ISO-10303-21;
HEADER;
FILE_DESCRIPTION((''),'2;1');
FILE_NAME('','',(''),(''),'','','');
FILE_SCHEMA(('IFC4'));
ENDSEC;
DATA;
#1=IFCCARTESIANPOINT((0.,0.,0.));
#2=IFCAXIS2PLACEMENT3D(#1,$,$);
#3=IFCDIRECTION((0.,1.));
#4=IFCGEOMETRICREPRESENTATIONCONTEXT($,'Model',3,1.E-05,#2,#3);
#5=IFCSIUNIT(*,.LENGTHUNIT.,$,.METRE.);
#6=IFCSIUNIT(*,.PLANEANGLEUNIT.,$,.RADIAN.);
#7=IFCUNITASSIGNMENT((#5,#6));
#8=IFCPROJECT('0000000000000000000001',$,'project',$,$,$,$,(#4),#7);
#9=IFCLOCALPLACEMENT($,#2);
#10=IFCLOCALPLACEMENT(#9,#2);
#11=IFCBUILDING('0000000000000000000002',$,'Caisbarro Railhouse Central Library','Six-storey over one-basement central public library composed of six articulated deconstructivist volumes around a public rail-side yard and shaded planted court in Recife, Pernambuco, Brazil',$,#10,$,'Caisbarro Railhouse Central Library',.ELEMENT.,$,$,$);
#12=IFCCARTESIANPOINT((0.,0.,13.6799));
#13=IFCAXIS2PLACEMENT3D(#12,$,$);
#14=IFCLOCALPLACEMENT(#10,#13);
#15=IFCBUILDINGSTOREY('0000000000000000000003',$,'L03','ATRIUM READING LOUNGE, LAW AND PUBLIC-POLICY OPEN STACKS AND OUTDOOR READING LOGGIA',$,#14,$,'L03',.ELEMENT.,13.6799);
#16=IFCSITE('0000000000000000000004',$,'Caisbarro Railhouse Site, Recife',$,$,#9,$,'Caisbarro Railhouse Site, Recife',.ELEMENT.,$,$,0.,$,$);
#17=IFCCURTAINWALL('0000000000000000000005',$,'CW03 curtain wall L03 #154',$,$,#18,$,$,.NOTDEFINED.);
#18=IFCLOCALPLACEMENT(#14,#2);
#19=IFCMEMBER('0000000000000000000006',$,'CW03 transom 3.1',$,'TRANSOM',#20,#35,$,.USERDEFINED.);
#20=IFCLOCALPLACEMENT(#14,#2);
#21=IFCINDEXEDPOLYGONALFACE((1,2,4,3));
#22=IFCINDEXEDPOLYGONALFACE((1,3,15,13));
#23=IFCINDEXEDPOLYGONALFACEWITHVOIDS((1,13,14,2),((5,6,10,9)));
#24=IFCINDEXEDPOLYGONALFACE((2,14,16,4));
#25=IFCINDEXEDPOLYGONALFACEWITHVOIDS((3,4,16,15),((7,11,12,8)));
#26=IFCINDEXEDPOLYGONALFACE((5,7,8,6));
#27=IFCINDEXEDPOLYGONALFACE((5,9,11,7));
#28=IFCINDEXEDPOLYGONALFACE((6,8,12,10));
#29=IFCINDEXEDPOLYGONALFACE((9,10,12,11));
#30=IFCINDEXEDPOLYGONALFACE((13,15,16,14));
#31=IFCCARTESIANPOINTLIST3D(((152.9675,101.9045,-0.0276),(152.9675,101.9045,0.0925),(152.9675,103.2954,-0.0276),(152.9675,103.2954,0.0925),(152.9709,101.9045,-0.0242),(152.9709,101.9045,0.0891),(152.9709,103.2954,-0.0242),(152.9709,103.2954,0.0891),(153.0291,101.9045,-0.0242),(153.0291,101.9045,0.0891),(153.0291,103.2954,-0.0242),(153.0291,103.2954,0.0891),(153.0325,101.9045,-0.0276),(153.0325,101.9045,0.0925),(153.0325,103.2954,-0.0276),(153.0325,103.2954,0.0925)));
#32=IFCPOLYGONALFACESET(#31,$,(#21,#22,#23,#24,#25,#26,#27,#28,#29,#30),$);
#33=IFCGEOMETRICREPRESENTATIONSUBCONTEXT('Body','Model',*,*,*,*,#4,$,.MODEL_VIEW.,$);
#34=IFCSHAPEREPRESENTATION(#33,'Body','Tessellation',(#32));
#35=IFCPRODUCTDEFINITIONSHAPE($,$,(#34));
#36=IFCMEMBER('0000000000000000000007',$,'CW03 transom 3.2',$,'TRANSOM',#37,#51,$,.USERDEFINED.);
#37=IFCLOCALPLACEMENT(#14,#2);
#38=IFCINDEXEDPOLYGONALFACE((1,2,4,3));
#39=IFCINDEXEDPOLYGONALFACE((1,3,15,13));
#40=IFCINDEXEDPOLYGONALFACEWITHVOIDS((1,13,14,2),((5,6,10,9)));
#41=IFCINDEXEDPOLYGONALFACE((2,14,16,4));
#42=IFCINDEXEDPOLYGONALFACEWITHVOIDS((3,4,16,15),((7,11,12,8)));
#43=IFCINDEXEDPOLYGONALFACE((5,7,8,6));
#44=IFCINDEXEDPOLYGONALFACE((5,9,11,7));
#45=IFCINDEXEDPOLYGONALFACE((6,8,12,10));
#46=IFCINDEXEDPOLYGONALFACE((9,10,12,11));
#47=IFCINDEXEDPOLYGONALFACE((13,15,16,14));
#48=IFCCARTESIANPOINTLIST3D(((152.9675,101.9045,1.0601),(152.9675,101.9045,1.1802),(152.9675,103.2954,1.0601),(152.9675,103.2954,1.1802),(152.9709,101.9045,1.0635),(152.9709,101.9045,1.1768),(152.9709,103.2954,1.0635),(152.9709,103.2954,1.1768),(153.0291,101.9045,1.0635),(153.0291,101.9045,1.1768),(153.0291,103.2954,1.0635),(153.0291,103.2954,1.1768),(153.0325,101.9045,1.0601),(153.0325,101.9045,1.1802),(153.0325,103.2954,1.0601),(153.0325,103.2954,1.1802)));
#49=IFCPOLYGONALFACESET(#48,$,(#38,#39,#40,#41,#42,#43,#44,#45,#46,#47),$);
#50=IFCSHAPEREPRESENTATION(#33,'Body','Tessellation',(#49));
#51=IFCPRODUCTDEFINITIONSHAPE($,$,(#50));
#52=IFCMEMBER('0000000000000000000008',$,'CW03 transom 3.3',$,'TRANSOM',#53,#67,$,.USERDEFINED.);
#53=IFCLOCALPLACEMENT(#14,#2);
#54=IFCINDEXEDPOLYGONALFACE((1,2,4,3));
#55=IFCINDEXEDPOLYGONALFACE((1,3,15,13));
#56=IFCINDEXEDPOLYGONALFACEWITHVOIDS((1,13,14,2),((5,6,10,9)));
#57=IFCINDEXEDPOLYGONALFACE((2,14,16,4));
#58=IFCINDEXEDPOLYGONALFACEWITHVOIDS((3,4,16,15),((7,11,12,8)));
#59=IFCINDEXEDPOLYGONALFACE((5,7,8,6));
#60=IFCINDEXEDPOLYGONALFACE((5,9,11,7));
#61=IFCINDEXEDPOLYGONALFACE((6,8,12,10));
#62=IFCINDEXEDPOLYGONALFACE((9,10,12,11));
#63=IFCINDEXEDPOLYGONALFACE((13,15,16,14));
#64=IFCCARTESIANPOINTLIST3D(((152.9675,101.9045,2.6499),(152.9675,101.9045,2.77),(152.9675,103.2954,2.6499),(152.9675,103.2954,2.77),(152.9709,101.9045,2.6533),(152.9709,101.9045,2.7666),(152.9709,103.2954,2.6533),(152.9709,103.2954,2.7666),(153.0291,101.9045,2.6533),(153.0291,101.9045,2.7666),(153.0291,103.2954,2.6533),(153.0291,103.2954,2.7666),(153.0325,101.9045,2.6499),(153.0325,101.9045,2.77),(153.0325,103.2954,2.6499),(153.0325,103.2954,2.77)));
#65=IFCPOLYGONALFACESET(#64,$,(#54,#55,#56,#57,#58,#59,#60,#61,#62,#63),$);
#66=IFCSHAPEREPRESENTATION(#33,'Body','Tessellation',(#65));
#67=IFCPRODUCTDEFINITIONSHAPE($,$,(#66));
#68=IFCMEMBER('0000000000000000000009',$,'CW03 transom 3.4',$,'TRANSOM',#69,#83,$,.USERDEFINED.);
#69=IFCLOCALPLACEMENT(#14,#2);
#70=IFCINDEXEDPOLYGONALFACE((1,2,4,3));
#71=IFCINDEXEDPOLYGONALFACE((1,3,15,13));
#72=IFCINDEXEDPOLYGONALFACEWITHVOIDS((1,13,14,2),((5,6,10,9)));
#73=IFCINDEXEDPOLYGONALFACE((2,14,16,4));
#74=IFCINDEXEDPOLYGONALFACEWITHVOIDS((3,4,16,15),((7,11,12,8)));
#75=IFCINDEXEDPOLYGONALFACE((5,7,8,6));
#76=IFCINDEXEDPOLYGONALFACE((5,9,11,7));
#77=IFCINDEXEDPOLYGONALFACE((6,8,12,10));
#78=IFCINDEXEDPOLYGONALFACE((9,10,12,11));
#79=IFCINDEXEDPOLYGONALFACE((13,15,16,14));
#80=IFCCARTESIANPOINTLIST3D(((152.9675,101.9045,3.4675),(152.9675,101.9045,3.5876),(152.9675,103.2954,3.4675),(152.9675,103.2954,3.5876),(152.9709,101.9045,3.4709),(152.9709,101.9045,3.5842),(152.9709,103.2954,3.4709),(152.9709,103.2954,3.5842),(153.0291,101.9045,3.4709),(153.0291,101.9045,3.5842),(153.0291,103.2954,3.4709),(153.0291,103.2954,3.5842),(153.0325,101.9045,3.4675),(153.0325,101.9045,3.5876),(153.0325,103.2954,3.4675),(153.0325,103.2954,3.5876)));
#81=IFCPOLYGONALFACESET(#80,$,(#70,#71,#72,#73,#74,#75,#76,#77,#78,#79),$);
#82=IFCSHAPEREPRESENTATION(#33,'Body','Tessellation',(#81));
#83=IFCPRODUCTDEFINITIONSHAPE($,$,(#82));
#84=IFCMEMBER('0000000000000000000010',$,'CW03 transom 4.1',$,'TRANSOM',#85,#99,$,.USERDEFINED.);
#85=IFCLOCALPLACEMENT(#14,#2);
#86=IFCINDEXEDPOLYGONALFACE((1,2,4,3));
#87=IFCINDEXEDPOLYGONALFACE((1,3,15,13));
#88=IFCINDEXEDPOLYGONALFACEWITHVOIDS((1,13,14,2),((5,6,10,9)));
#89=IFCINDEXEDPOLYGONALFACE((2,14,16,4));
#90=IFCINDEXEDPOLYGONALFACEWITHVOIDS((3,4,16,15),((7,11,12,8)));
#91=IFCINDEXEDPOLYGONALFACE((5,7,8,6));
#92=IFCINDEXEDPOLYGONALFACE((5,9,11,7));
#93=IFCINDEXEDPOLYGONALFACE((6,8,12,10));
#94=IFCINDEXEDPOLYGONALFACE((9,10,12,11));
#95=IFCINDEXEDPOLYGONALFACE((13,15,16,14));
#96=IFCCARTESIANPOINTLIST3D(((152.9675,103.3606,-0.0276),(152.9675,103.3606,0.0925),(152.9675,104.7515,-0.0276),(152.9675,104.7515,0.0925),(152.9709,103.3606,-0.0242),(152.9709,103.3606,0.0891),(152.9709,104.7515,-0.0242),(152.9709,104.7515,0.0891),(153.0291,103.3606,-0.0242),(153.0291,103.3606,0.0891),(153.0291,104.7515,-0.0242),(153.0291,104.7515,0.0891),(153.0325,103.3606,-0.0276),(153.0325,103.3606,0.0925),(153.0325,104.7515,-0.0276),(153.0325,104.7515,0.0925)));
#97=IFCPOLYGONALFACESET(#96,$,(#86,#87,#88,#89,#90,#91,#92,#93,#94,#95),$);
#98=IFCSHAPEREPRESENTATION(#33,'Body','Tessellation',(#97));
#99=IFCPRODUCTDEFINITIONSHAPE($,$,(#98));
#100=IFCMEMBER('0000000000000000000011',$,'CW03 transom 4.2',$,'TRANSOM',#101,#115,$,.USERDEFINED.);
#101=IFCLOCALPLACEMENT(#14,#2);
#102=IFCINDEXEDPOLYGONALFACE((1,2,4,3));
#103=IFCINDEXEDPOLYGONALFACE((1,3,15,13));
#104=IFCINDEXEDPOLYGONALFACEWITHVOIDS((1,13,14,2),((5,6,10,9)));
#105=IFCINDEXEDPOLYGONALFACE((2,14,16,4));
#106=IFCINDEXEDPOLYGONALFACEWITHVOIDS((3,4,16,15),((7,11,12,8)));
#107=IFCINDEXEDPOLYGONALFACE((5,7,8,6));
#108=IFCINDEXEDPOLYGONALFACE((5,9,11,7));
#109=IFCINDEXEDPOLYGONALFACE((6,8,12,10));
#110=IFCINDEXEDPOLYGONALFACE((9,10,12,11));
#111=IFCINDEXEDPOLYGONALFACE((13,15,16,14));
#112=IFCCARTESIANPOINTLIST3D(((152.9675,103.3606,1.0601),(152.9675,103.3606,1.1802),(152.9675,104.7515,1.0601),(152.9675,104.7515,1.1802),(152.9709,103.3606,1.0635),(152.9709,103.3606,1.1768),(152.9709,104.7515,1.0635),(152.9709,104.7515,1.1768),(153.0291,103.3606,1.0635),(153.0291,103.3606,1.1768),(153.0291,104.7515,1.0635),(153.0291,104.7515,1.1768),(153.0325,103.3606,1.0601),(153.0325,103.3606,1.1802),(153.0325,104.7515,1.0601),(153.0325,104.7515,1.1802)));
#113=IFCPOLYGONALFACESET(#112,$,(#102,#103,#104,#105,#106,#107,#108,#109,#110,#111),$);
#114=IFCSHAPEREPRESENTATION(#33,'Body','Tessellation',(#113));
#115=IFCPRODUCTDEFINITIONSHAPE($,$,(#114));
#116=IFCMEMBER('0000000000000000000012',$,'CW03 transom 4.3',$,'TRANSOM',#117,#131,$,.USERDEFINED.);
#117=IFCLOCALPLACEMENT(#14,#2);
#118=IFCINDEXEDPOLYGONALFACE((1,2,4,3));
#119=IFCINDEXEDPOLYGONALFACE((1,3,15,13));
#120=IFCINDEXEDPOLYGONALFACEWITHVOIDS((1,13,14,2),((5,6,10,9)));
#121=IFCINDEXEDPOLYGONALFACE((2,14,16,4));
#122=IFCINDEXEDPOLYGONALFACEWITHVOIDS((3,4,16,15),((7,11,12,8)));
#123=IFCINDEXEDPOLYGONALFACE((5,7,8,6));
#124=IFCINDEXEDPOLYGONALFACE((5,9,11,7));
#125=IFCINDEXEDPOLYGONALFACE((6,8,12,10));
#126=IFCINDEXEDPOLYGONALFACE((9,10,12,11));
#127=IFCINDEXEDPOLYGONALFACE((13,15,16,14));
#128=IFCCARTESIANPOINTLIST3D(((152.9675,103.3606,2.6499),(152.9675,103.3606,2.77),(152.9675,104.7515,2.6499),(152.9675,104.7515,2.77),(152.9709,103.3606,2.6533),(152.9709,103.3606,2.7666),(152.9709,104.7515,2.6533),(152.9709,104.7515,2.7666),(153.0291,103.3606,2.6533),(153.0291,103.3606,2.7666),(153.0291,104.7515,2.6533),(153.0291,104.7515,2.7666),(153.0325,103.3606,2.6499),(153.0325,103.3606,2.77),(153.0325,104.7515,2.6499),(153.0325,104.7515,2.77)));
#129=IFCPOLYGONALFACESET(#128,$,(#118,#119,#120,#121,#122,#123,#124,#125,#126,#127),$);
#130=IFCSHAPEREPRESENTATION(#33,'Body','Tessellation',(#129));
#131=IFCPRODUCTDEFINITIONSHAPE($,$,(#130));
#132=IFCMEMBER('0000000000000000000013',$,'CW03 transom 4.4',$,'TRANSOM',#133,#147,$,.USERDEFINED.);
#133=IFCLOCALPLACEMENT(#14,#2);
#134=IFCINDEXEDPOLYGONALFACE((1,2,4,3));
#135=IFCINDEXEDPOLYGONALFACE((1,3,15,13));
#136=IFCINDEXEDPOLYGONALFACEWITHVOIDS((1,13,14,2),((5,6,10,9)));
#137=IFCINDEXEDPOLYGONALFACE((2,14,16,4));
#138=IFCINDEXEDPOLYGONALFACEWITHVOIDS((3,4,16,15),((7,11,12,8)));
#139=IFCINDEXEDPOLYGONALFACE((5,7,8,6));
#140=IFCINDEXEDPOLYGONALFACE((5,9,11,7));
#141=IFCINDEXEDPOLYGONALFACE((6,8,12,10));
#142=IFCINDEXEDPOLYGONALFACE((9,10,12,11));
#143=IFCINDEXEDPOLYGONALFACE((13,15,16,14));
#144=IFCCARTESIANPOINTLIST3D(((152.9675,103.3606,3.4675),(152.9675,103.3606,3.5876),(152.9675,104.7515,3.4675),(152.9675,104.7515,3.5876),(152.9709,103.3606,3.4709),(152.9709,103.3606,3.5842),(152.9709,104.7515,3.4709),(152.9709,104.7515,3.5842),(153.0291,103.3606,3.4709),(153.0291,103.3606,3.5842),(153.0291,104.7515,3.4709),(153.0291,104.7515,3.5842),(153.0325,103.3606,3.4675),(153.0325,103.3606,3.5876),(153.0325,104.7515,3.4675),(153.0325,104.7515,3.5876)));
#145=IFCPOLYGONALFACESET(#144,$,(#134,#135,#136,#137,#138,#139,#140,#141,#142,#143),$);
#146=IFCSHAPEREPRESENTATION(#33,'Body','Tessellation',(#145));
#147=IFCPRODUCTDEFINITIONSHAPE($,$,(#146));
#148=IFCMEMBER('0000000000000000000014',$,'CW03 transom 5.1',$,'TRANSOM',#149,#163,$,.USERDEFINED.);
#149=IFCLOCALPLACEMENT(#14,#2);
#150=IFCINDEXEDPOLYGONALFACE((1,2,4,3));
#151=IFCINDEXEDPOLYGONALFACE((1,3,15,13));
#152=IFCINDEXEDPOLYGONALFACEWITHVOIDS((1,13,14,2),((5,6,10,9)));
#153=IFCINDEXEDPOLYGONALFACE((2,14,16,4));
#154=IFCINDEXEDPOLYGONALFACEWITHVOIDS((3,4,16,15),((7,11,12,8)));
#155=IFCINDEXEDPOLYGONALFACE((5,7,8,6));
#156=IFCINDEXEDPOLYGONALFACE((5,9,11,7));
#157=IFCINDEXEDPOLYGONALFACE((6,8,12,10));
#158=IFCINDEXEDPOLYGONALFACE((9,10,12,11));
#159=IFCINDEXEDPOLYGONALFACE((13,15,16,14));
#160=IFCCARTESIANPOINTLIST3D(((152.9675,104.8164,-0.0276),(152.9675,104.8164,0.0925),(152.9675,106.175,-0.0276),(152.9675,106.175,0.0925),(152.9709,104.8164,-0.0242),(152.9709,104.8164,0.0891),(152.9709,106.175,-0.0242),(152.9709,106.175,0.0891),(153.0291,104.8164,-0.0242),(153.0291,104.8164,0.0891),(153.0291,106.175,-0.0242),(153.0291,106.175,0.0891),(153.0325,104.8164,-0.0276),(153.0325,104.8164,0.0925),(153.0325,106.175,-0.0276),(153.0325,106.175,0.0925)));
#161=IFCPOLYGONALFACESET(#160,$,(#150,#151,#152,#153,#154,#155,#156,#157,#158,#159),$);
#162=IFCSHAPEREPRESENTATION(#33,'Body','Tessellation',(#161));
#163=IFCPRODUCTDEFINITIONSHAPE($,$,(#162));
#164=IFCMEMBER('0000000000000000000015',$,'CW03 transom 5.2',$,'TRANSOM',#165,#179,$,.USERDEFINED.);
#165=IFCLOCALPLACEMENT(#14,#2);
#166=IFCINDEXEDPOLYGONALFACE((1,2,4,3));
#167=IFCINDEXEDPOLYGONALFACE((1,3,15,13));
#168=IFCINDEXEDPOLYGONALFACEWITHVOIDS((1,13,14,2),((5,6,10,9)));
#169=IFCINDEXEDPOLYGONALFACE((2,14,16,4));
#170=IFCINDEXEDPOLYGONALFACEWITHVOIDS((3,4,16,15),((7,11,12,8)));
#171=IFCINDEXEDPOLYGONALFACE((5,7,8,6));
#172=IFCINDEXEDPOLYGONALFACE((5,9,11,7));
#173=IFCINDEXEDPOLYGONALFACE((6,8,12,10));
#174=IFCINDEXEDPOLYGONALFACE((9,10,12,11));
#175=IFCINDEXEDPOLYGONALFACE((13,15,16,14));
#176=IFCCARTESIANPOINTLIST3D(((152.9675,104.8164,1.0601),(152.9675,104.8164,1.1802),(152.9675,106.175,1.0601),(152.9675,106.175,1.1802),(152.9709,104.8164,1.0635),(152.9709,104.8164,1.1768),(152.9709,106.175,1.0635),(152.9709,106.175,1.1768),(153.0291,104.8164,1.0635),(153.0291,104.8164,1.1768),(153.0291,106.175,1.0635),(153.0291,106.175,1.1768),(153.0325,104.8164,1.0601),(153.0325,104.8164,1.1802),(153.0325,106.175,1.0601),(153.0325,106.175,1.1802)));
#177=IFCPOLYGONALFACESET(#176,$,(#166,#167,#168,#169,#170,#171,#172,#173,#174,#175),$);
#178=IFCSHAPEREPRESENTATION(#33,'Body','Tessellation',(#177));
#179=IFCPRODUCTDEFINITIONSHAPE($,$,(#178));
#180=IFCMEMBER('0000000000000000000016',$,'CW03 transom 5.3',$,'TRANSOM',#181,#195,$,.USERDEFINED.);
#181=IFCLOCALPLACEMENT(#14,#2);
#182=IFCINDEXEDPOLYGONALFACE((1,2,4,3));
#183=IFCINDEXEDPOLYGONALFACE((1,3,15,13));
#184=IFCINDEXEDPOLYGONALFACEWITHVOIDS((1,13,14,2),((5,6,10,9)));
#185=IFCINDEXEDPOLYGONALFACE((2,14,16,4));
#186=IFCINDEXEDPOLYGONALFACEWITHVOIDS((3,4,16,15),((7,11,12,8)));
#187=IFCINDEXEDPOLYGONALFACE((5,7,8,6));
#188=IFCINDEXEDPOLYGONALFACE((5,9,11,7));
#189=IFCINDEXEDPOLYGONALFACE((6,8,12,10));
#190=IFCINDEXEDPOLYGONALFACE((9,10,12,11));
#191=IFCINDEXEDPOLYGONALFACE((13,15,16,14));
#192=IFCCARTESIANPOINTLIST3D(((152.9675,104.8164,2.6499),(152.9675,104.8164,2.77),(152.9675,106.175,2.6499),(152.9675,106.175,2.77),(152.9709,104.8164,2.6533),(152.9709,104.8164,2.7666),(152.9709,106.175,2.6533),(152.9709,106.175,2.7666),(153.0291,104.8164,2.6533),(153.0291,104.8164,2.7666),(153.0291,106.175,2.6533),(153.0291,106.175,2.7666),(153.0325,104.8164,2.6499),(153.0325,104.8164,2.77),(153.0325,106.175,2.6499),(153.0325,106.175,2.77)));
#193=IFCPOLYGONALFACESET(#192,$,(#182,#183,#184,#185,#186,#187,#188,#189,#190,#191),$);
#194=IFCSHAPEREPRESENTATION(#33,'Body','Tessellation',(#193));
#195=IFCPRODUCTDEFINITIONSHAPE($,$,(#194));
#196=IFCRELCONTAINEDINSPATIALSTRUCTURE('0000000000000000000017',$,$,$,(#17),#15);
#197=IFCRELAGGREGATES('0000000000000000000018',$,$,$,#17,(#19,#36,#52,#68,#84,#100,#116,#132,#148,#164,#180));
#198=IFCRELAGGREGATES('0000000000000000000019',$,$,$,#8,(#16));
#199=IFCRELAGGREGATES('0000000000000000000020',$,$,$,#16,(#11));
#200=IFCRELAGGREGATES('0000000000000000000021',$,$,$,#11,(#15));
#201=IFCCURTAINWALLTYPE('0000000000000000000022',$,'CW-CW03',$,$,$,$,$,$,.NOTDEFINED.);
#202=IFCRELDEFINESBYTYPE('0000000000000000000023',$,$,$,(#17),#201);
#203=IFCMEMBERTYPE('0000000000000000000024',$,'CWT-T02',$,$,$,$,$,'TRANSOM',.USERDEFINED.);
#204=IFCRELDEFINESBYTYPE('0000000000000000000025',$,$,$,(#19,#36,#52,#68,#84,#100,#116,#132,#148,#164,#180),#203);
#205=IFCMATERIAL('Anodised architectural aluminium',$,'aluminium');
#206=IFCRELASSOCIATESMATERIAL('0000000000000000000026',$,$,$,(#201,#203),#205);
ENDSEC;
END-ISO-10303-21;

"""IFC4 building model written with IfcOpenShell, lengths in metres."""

from ifc_helpers import new_model, si_unit, direction, frame, origin, origin_2d, place, context, subcontext, project, spatial, hollow_rectangle, extrude, material, material_profile, profile_set, type_object, element, aggregate, save


model = new_model("IFC4")

# Units and contexts
model_context = context("Model", 3, precision=1e-05, world=origin(), true_north=direction((0.0, 1.0)))
body_context = subcontext(model_context, "Body", "Model", "MODEL_VIEW")
ifc_project = project(units=[si_unit("LENGTHUNIT", "METRE"), si_unit("PLANEANGLEUNIT", "RADIAN")], contexts=[model_context])

# Site, building, storey
site_placement = place(None, origin())
site = spatial("IfcSite", under=ifc_project, at=site_placement, Name="Caisbarro Railhouse Site, Recife", LongName="Caisbarro Railhouse Site, Recife", CompositionType="ELEMENT", RefElevation=0.0)
building_placement = place(site_placement, origin())
building = spatial("IfcBuilding", under=site, at=building_placement, Name="Caisbarro Railhouse Central Library", Description="Six-storey over one-basement central public library composed of six articulated deconstructivist volumes around a public rail-side yard and shaded planted court in Recife, Pernambuco, Brazil", LongName="Caisbarro Railhouse Central Library", CompositionType="ELEMENT")
storey_placement = place(building_placement, frame((0.0, 0.0, 13.6799)))
storey = spatial("IfcBuildingStorey", under=building, at=storey_placement, Name="L03", Description="ATRIUM READING LOUNGE, LAW AND PUBLIC-POLICY OPEN STACKS AND OUTDOOR READING LOGGIA", LongName="L03", CompositionType="ELEMENT", Elevation=13.6799)

# Curtain wall, members
ifc_material_1 = material(Name="Anodised architectural aluminium", Category="aluminium")
curtain_wall_type = type_object("IfcCurtainWallType", Name="CW-CW03", PredefinedType="NOTDEFINED", material=ifc_material_1)
curtain_wall_placement = place(storey_placement, origin())
curtain_wall = element("IfcCurtainWall", 1, at=curtain_wall_placement, inside=storey, type_object=curtain_wall_type, Name="CW03 curtain wall L03 #154", PredefinedType="NOTDEFINED")
ifc_material_profile_1 = material_profile(ifc_material_1, hollow_rectangle(XDim=0.0649, YDim=0.1201, WallThickness=0.0034, at=origin_2d()), Name="ALU-TRN-65X120")
ifc_profile_set_1 = profile_set([ifc_material_profile_1], Name="Anodised architectural aluminium")
member_type_1 = type_object("IfcMemberType", Name="CWT-T02", ElementType="TRANSOM", PredefinedType="USERDEFINED", material=ifc_profile_set_1)
member_1_placement = place(storey_placement, frame((153.0, 101.9045, 0.0325), z_axis=(0.0, 1.0, 0.0), x_axis=(-1.0, 0.0, 0.0)))
member_1 = element("IfcMember", 2, at=member_1_placement, type_object=member_type_1, Name="CW03 transom 3.1", ObjectType="TRANSOM", PredefinedType="USERDEFINED", context=body_context, shape_type="SweptSolid", body=[
    extrude(hollow_rectangle(XDim=0.0649, YDim=0.1201, WallThickness=0.0034, at=origin_2d()), origin(), (0.0, 0.0, 1.0), 1.3909),
])
member_2_placement = place(storey_placement, frame((153.0, 101.9045, 1.1201), z_axis=(0.0, 1.0, 0.0), x_axis=(-1.0, 0.0, 0.0)))
member_2 = element("IfcMember", 3, at=member_2_placement, type_object=member_type_1, Name="CW03 transom 3.2", ObjectType="TRANSOM", PredefinedType="USERDEFINED", context=body_context, shape_type="SweptSolid", body=[
    extrude(hollow_rectangle(XDim=0.0649, YDim=0.1201, WallThickness=0.0034, at=origin_2d()), origin(), (0.0, 0.0, 1.0), 1.3909),
])
member_3_placement = place(storey_placement, frame((153.0, 101.9045, 2.71), z_axis=(0.0, 1.0, 0.0), x_axis=(-1.0, 0.0, 0.0)))
member_3 = element("IfcMember", 4, at=member_3_placement, type_object=member_type_1, Name="CW03 transom 3.3", ObjectType="TRANSOM", PredefinedType="USERDEFINED", context=body_context, shape_type="SweptSolid", body=[
    extrude(hollow_rectangle(XDim=0.0649, YDim=0.1201, WallThickness=0.0034, at=origin_2d()), origin(), (0.0, 0.0, 1.0), 1.3909),
])
member_4_placement = place(storey_placement, frame((153.0, 101.9045, 3.5276), z_axis=(0.0, 1.0, 0.0), x_axis=(-1.0, 0.0, 0.0)))
member_4 = element("IfcMember", 5, at=member_4_placement, type_object=member_type_1, Name="CW03 transom 3.4", ObjectType="TRANSOM", PredefinedType="USERDEFINED", context=body_context, shape_type="SweptSolid", body=[
    extrude(hollow_rectangle(XDim=0.0649, YDim=0.1201, WallThickness=0.0034, at=origin_2d()), origin(), (0.0, 0.0, 1.0), 1.3909),
])
member_5_placement = place(storey_placement, frame((153.0, 103.3606, 0.0325), z_axis=(0.0, 1.0, 0.0), x_axis=(-1.0, 0.0, 0.0)))
member_5 = element("IfcMember", 6, at=member_5_placement, type_object=member_type_1, Name="CW03 transom 4.1", ObjectType="TRANSOM", PredefinedType="USERDEFINED", context=body_context, shape_type="SweptSolid", body=[
    extrude(hollow_rectangle(XDim=0.0649, YDim=0.1201, WallThickness=0.0034, at=origin_2d()), origin(), (0.0, 0.0, 1.0), 1.3909),
])
member_6_placement = place(storey_placement, frame((153.0, 103.3606, 1.1201), z_axis=(0.0, 1.0, 0.0), x_axis=(-1.0, 0.0, 0.0)))
member_6 = element("IfcMember", 7, at=member_6_placement, type_object=member_type_1, Name="CW03 transom 4.2", ObjectType="TRANSOM", PredefinedType="USERDEFINED", context=body_context, shape_type="SweptSolid", body=[
    extrude(hollow_rectangle(XDim=0.0649, YDim=0.1201, WallThickness=0.0034, at=origin_2d()), origin(), (0.0, 0.0, 1.0), 1.3909),
])
member_7_placement = place(storey_placement, frame((153.0, 103.3606, 2.71), z_axis=(0.0, 1.0, 0.0), x_axis=(-1.0, 0.0, 0.0)))
member_7 = element("IfcMember", 8, at=member_7_placement, type_object=member_type_1, Name="CW03 transom 4.3", ObjectType="TRANSOM", PredefinedType="USERDEFINED", context=body_context, shape_type="SweptSolid", body=[
    extrude(hollow_rectangle(XDim=0.0649, YDim=0.1201, WallThickness=0.0034, at=origin_2d()), origin(), (0.0, 0.0, 1.0), 1.3909),
])
member_8_placement = place(storey_placement, frame((153.0, 103.3606, 3.5276), z_axis=(0.0, 1.0, 0.0), x_axis=(-1.0, 0.0, 0.0)))
member_8 = element("IfcMember", 9, at=member_8_placement, type_object=member_type_1, Name="CW03 transom 4.4", ObjectType="TRANSOM", PredefinedType="USERDEFINED", context=body_context, shape_type="SweptSolid", body=[
    extrude(hollow_rectangle(XDim=0.0649, YDim=0.1201, WallThickness=0.0034, at=origin_2d()), origin(), (0.0, 0.0, 1.0), 1.3909),
])
member_9_placement = place(storey_placement, frame((153.0, 104.8164, 0.0325), z_axis=(0.0, 1.0, 0.0), x_axis=(-1.0, 0.0, 0.0)))
member_9 = element("IfcMember", 10, at=member_9_placement, type_object=member_type_1, Name="CW03 transom 5.1", ObjectType="TRANSOM", PredefinedType="USERDEFINED", context=body_context, shape_type="SweptSolid", body=[
    extrude(hollow_rectangle(XDim=0.0649, YDim=0.1201, WallThickness=0.0034, at=origin_2d()), origin(), (0.0, 0.0, 1.0), 1.3586),
])
member_10_placement = place(storey_placement, frame((153.0, 104.8164, 1.1201), z_axis=(0.0, 1.0, 0.0), x_axis=(-1.0, 0.0, 0.0)))
member_10 = element("IfcMember", 11, at=member_10_placement, type_object=member_type_1, Name="CW03 transom 5.2", ObjectType="TRANSOM", PredefinedType="USERDEFINED", context=body_context, shape_type="SweptSolid", body=[
    extrude(hollow_rectangle(XDim=0.0649, YDim=0.1201, WallThickness=0.0034, at=origin_2d()), origin(), (0.0, 0.0, 1.0), 1.3586),
])
member_11_placement = place(storey_placement, frame((153.0, 104.8164, 2.71), z_axis=(0.0, 1.0, 0.0), x_axis=(-1.0, 0.0, 0.0)))
member_11 = element("IfcMember", 12, at=member_11_placement, type_object=member_type_1, Name="CW03 transom 5.3", ObjectType="TRANSOM", PredefinedType="USERDEFINED", context=body_context, shape_type="SweptSolid", body=[
    extrude(hollow_rectangle(XDim=0.0649, YDim=0.1201, WallThickness=0.0034, at=origin_2d()), origin(), (0.0, 0.0, 1.0), 1.3586),
])
aggregate(curtain_wall, [member_1, member_2, member_3, member_4, member_5, member_6, member_7, member_8, member_9, member_10, member_11])

save(model, "model.ifc")
